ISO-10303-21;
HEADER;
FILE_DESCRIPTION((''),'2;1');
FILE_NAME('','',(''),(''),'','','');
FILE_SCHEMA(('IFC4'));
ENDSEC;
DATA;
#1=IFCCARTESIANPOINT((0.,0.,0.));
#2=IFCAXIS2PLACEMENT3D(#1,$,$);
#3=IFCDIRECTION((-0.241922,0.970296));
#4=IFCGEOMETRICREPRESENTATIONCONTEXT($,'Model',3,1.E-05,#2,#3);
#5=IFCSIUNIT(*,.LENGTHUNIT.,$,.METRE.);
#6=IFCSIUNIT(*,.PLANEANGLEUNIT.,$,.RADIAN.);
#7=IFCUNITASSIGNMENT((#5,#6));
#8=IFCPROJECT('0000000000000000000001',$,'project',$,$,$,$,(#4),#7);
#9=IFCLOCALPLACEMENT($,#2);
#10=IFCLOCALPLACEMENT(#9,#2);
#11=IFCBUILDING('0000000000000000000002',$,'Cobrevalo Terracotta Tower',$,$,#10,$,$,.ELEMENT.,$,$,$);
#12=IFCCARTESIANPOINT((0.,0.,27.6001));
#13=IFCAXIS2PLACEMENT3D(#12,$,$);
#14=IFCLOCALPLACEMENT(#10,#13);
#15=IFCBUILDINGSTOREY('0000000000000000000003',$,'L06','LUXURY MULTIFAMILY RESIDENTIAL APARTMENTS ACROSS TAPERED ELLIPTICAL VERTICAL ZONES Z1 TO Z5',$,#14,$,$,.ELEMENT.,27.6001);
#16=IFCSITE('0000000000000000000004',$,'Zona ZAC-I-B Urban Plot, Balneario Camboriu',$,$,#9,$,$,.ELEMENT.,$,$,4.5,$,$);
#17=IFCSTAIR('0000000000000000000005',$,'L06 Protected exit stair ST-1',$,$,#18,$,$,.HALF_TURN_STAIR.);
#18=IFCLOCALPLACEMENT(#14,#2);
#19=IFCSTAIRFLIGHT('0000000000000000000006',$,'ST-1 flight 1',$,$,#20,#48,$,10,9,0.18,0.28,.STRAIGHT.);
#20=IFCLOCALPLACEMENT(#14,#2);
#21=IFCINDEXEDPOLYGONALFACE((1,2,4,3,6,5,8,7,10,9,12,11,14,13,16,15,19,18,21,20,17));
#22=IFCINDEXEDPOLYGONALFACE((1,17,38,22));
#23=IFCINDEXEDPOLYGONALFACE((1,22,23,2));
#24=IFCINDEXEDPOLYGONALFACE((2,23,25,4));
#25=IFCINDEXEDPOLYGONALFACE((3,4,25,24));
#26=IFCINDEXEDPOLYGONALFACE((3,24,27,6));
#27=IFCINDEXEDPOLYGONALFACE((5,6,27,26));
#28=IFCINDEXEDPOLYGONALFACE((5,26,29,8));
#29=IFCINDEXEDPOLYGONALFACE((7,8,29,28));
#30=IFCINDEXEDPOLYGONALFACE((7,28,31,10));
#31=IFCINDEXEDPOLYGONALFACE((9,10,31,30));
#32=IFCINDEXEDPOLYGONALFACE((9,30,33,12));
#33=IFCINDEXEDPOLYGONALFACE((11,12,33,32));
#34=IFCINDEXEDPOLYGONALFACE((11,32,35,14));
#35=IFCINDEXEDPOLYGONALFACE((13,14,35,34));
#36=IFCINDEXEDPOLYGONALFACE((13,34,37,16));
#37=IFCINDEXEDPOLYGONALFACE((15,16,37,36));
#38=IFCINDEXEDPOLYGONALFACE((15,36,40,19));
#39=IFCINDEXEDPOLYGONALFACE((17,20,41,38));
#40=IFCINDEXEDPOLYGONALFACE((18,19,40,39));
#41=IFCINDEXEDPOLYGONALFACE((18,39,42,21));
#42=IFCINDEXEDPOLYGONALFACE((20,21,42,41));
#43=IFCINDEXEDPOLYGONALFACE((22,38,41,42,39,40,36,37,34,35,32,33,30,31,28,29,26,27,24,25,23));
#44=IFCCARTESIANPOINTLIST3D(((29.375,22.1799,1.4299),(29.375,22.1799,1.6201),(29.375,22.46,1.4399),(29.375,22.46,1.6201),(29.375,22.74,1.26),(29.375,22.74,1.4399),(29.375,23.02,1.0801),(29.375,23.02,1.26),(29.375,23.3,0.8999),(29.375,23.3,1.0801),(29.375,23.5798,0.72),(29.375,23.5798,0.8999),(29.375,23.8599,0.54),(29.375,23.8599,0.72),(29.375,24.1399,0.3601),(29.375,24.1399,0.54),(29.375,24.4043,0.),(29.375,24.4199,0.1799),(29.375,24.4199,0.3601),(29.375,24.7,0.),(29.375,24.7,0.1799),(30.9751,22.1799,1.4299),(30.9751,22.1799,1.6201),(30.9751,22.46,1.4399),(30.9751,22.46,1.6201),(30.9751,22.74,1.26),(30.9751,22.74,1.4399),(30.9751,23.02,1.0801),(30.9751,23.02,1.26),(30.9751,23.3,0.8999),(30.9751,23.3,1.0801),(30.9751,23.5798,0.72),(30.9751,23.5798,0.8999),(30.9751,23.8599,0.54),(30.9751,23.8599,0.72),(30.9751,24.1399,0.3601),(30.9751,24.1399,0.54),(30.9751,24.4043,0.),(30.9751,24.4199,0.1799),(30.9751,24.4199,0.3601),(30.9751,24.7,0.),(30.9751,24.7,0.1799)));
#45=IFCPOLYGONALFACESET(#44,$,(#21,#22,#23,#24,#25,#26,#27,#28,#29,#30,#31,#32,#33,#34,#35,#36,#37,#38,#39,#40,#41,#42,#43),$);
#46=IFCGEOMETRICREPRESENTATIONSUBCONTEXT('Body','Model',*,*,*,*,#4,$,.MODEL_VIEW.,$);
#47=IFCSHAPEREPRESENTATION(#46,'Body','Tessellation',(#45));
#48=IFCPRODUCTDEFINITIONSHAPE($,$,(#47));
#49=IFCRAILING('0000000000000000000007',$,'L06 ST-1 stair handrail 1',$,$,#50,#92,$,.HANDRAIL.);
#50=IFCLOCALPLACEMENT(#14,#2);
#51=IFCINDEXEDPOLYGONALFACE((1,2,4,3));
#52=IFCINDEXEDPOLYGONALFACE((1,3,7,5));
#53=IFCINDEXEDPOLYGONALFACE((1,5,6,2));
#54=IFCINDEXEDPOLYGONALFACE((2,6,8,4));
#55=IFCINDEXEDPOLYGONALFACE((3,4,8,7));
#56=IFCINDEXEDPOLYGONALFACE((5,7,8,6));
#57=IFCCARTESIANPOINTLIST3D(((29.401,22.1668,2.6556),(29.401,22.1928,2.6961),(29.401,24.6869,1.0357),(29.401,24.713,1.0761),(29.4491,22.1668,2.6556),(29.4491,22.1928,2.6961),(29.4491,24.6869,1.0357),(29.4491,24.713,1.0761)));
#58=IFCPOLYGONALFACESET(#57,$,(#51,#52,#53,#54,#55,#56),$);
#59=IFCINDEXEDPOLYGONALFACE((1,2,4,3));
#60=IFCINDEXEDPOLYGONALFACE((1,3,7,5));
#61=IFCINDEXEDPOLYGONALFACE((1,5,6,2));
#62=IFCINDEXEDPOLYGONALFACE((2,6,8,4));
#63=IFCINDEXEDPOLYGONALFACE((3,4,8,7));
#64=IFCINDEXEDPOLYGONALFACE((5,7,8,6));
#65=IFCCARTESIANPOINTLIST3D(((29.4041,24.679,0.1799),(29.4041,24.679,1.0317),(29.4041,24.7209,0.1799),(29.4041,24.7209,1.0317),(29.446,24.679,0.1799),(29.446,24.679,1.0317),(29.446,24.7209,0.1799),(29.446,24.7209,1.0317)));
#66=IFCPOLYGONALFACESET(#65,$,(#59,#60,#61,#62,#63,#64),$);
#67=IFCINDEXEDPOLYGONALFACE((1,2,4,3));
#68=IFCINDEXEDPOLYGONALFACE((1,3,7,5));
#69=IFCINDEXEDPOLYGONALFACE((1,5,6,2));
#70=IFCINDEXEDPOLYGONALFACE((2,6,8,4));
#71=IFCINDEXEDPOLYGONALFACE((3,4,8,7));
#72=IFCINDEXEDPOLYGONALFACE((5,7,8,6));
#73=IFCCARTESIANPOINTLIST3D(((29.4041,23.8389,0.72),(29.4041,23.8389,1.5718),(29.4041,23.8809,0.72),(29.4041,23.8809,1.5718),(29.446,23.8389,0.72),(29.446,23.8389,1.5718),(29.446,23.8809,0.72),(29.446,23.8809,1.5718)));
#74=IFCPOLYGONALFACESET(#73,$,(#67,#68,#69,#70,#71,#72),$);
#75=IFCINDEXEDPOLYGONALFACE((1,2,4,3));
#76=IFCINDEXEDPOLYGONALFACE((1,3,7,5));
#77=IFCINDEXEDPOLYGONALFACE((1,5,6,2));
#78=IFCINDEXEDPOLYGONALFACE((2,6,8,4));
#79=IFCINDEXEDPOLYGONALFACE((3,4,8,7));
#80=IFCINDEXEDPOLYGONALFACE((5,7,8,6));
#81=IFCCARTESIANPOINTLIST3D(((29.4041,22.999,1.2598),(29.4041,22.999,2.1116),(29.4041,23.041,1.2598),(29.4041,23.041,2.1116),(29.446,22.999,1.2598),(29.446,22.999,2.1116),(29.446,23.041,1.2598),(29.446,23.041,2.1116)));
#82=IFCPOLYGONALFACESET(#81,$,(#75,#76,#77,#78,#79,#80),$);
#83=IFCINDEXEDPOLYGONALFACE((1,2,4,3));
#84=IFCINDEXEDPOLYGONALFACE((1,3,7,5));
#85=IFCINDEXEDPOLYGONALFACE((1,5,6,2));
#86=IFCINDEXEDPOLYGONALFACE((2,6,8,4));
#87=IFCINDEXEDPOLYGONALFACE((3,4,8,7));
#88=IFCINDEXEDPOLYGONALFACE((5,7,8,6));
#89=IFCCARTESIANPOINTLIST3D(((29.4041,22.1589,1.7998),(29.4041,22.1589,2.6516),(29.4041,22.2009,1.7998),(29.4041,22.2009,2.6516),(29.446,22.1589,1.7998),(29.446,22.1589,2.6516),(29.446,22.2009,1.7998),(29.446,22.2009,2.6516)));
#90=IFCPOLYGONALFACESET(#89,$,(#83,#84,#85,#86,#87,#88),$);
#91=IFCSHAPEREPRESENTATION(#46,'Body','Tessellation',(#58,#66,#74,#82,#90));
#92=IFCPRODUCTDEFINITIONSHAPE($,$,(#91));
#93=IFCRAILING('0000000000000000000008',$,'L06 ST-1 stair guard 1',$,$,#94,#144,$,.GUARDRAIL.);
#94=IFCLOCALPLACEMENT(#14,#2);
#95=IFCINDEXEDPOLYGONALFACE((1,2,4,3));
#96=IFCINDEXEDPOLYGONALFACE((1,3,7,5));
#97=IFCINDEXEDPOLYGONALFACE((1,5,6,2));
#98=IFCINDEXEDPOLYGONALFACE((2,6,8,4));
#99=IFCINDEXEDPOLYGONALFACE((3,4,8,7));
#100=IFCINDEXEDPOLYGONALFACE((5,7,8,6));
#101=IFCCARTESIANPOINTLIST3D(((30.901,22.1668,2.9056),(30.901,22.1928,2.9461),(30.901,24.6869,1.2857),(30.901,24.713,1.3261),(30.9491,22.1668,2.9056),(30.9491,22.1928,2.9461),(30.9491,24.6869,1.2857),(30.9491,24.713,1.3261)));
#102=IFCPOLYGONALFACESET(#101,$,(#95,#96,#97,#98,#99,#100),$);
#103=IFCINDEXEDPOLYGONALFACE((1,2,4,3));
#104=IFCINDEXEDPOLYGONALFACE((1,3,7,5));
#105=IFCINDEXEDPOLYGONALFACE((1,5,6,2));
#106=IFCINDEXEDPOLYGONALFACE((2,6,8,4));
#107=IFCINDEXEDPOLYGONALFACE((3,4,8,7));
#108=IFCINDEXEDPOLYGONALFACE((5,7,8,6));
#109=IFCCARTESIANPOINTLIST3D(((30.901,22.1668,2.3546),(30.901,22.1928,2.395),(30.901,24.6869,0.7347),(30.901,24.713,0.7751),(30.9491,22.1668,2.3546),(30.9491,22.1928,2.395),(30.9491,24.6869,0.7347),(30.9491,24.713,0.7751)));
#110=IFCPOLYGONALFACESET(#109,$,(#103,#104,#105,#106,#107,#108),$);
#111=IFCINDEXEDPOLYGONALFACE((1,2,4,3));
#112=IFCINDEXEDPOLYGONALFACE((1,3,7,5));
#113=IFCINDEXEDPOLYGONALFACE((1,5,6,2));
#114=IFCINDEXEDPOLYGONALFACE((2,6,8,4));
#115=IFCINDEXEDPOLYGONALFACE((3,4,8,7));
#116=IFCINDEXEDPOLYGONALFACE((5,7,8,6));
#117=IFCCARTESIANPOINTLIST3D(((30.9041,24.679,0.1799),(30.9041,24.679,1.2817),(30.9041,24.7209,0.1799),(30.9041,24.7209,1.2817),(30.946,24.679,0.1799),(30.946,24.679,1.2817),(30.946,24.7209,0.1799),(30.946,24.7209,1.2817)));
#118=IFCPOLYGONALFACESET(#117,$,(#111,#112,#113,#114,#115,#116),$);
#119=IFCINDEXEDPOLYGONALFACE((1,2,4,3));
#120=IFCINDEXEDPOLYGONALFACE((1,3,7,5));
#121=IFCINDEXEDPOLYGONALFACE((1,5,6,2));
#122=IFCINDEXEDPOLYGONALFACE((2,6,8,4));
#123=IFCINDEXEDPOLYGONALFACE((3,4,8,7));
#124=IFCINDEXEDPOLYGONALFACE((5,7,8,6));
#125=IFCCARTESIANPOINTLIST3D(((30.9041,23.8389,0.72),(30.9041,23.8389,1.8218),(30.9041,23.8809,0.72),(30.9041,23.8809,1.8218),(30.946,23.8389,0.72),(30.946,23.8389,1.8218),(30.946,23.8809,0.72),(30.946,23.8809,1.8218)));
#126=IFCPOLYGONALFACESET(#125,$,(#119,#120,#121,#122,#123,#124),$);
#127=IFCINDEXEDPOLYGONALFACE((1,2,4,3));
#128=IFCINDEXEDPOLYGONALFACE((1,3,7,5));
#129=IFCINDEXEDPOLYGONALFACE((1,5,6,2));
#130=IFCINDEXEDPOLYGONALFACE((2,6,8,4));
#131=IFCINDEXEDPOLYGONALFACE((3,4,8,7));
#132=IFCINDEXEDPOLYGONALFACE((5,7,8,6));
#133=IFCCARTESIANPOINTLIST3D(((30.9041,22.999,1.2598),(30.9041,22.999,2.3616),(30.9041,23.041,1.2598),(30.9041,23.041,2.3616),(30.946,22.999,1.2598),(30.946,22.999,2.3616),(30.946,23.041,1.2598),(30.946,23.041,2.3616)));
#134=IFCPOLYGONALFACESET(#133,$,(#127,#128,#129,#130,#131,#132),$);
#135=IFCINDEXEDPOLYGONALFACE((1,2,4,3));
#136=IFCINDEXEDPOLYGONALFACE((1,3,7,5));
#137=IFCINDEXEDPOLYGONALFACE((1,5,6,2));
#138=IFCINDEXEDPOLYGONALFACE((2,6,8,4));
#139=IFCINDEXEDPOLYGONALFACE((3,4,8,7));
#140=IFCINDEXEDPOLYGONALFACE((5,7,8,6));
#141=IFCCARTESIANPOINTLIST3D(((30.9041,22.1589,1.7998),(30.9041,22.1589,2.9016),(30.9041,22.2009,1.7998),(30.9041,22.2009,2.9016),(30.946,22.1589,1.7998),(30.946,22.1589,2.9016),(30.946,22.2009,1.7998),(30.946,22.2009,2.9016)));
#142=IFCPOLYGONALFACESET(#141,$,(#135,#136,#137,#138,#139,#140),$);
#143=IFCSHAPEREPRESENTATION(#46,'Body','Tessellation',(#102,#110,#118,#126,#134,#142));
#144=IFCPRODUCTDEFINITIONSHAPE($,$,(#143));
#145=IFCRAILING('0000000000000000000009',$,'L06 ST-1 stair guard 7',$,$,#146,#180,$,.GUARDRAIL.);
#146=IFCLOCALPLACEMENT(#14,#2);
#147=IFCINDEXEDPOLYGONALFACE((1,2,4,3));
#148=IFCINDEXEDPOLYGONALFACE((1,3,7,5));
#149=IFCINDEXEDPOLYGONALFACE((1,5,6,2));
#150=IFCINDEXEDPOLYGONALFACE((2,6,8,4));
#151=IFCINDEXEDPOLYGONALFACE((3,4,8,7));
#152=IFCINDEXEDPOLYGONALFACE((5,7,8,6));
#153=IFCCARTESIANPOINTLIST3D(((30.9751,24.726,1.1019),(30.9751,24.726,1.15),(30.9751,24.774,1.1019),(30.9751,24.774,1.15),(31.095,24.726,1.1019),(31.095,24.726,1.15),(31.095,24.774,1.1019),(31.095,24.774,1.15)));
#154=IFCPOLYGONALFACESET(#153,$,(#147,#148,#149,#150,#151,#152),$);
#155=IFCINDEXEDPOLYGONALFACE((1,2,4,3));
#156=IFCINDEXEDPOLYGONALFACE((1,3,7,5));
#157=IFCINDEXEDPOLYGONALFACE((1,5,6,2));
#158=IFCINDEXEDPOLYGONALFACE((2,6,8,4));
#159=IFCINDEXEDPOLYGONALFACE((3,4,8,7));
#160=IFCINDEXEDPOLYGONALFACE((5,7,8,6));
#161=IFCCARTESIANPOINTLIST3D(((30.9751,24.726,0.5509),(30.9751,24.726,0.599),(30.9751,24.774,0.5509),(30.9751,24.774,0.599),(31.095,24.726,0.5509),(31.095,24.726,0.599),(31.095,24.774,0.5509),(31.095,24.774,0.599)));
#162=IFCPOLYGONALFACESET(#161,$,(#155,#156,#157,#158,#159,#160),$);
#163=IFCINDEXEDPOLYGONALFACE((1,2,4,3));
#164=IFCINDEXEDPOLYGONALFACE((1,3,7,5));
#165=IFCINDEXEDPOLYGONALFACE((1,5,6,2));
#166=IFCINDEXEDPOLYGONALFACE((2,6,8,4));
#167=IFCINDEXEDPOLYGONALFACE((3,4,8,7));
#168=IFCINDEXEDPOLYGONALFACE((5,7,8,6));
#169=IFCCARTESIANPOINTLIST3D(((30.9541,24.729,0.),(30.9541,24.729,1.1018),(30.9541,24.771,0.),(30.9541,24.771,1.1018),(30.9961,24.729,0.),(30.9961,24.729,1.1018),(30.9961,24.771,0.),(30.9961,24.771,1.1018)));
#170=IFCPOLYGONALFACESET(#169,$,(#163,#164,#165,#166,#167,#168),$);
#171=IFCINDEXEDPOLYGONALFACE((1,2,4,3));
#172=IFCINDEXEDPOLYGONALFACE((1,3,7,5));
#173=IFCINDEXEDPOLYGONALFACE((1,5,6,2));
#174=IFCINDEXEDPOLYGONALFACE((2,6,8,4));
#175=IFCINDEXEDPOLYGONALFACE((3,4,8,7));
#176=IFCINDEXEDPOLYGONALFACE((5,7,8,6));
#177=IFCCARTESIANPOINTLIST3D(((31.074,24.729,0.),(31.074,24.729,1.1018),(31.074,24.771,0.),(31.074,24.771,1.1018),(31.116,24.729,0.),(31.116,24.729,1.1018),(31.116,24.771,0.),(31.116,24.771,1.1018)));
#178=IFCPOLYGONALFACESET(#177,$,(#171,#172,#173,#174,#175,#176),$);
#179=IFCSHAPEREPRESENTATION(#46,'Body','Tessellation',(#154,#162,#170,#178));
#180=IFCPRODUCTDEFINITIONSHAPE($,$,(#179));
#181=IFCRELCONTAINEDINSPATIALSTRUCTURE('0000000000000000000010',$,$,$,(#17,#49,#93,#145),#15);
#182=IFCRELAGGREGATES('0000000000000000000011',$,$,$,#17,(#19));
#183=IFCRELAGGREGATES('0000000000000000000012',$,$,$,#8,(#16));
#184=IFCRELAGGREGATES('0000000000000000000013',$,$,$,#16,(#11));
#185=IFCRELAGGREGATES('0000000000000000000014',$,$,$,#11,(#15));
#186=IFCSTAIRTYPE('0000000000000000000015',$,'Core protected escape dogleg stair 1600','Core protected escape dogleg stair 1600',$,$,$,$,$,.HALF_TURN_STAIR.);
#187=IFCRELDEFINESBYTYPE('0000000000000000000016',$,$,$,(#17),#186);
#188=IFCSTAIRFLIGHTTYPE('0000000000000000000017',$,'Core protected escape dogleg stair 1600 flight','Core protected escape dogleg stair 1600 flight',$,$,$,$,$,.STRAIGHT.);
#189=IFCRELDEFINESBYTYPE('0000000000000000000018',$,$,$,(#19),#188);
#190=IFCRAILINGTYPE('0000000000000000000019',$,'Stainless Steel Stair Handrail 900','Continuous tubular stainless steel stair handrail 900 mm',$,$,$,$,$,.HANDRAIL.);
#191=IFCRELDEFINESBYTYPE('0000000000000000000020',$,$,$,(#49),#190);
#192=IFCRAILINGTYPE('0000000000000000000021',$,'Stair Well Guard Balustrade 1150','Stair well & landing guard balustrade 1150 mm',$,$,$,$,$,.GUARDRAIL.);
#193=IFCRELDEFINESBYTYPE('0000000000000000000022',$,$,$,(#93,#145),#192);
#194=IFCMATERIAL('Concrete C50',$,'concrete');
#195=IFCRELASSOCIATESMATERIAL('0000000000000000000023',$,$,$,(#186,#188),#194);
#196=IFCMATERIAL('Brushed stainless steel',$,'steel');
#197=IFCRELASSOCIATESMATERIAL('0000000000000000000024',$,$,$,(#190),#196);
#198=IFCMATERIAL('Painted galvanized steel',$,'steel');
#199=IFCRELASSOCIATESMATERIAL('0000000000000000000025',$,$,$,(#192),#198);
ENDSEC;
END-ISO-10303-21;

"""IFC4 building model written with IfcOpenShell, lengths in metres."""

from ifc_helpers import new_model, si_unit, direction, frame, origin, origin_2d, place, context, subcontext, project, spatial, polyline, rectangle, outline, extrude, material, type_object, element, aggregate, save


model = new_model("IFC4")

# Units and contexts
model_context = context("Model", 3, precision=1e-05, world=origin(), true_north=direction((-0.241922, 0.970296)))
body_context = subcontext(model_context, "Body", "Model", "MODEL_VIEW")
ifc_project = project(units=[si_unit("LENGTHUNIT", "METRE"), si_unit("PLANEANGLEUNIT", "RADIAN")], contexts=[model_context])

# Site, building, storey
site_placement = place(None, origin())
site = spatial("IfcSite", under=ifc_project, at=site_placement, Name="Zona ZAC-I-B Urban Plot, Balneario Camboriu", CompositionType="ELEMENT", RefElevation=4.5)
building_placement = place(site_placement, origin())
building = spatial("IfcBuilding", under=site, at=building_placement, Name="Cobrevalo Terracotta Tower", CompositionType="ELEMENT")
storey_placement = place(building_placement, frame((0.0, 0.0, 27.6001)))
storey = spatial("IfcBuildingStorey", under=building, at=storey_placement, Name="L06", Description="LUXURY MULTIFAMILY RESIDENTIAL APARTMENTS ACROSS TAPERED ELLIPTICAL VERTICAL ZONES Z1 TO Z5", CompositionType="ELEMENT", Elevation=27.6001)

# Shared definitions
ifc_material_1 = material(Name="Brushed stainless steel", Category="steel")

# Shared definitions
ifc_material_2 = material(Name="Concrete C50", Category="concrete")

# Stair, stair flight
stair_type = type_object("IfcStairType", Name="Core protected escape dogleg stair 1600", Description="Core protected escape dogleg stair 1600", PredefinedType="HALF_TURN_STAIR", material=ifc_material_2)
stair_placement = place(storey_placement, origin())
stair = element("IfcStair", 1, at=stair_placement, inside=storey, type_object=stair_type, Name="L06 Protected exit stair ST-1", PredefinedType="HALF_TURN_STAIR")
stair_flight_type = type_object("IfcStairFlightType", Name="Core protected escape dogleg stair 1600 flight", Description="Core protected escape dogleg stair 1600 flight", PredefinedType="STRAIGHT", material=ifc_material_2)
stair_flight_placement = place(storey_placement, frame((30.175, 24.7, 0.0), z_axis=(0.0, 0.0, 1.0), x_axis=(0.0, -1.0, 0.0)))
stair_flight = element("IfcStairFlight", 2, at=stair_flight_placement, type_object=stair_flight_type, Name="ST-1 flight 1", NumberOfRisers=10, NumberOfTreads=9, PredefinedType="STRAIGHT", RiserHeight=0.18, TreadLength=0.28, context=body_context, shape_type="SweptSolid", body=[
    extrude(outline(polyline([(0.0, 0.0), (0.0, 0.1799), (0.28, 0.1799), (0.28, 0.3601), (0.5601, 0.3601), (0.5601, 0.54), (0.8401, 0.54), (0.8401, 0.72), (1.1201, 0.72), (1.1201, 0.8999), (1.3999, 0.8999), (1.3999, 1.0801), (1.6799, 1.0801), (1.6799, 1.26), (1.96, 1.26), (1.96, 1.4399), (2.24, 1.4399), (2.24, 1.6201), (2.52, 1.6201), (2.52, 1.8), (2.52, 1.4299), (0.2957, 0.0), (0.0, 0.0)])), frame((0.0, 0.8, 0.0), z_axis=(0.0, -1.0, 0.0), x_axis=(1.0, 0.0, 0.0)), (0.0, 0.0, 1.0), 1.6001),
])
aggregate(stair, [stair_flight])

# Railings
railing_type_1 = type_object("IfcRailingType", Name="Stainless Steel Stair Handrail 900", Description="Continuous tubular stainless steel stair handrail 900 mm", PredefinedType="HANDRAIL", material=ifc_material_1)
railing_1_placement = place(storey_placement, frame((29.425, 24.7, 0.1799)))
element("IfcRailing", 3, at=railing_1_placement, inside=storey, type_object=railing_type_1, Name="L06 ST-1 stair handrail 1", PredefinedType="HANDRAIL", context=body_context, shape_type="SweptSolid", body=[
    extrude(rectangle(XDim=0.0481, YDim=0.0481, at=origin_2d()), frame((0.0, 0.0, 0.876), z_axis=(0.0, -0.8412, 0.540725), x_axis=(1.0, 0.0, 0.0)), (0.0, 0.0, 1.0), 2.9958),
    extrude(rectangle(XDim=0.042, YDim=0.042, at=origin_2d()), origin(), (0.0, 0.0, 1.0), 0.8518),
    extrude(rectangle(XDim=0.042, YDim=0.042, at=origin_2d()), frame((0.0, -0.8401, 0.54)), (0.0, 0.0, 1.0), 0.8518),
    extrude(rectangle(XDim=0.042, YDim=0.042, at=origin_2d()), frame((0.0, -1.6799, 1.0798)), (0.0, 0.0, 1.0), 0.8518),
    extrude(rectangle(XDim=0.042, YDim=0.042, at=origin_2d()), frame((0.0, -2.52, 1.6199)), (0.0, 0.0, 1.0), 0.8518),
])
ifc_material_3 = material(Name="Painted galvanized steel", Category="steel")
railing_type_2 = type_object("IfcRailingType", Name="Stair Well Guard Balustrade 1150", Description="Stair well & landing guard balustrade 1150 mm", PredefinedType="GUARDRAIL", material=ifc_material_3)
railing_2_placement = place(storey_placement, frame((30.925, 24.7, 0.1799)))
element("IfcRailing", 4, at=railing_2_placement, inside=storey, type_object=railing_type_2, Name="L06 ST-1 stair guard 1", PredefinedType="GUARDRAIL", context=body_context, shape_type="SweptSolid", body=[
    extrude(rectangle(XDim=0.0481, YDim=0.0481, at=origin_2d()), frame((0.0, 0.0, 1.126), z_axis=(0.0, -0.8412, 0.540725), x_axis=(1.0, 0.0, 0.0)), (0.0, 0.0, 1.0), 2.9958),
    extrude(rectangle(XDim=0.0481, YDim=0.0481, at=origin_2d()), frame((0.0, 0.0, 0.575), z_axis=(0.0, -0.8412, 0.540725), x_axis=(1.0, 0.0, 0.0)), (0.0, 0.0, 1.0), 2.9958),
    extrude(rectangle(XDim=0.042, YDim=0.042, at=origin_2d()), origin(), (0.0, 0.0, 1.0), 1.1018),
    extrude(rectangle(XDim=0.042, YDim=0.042, at=origin_2d()), frame((0.0, -0.8401, 0.54)), (0.0, 0.0, 1.0), 1.1018),
    extrude(rectangle(XDim=0.042, YDim=0.042, at=origin_2d()), frame((0.0, -1.6799, 1.0798)), (0.0, 0.0, 1.0), 1.1018),
    extrude(rectangle(XDim=0.042, YDim=0.042, at=origin_2d()), frame((0.0, -2.52, 1.6199)), (0.0, 0.0, 1.0), 1.1018),
])
railing_3_placement = place(storey_placement, frame((30.9751, 24.75, 0.0)))
element("IfcRailing", 5, at=railing_3_placement, inside=storey, type_object=railing_type_2, Name="L06 ST-1 stair guard 7", PredefinedType="GUARDRAIL", context=body_context, shape_type="SweptSolid", body=[
    extrude(rectangle(XDim=0.0481, YDim=0.0481, at=origin_2d()), frame((0.0, 0.0, 1.126), z_axis=(1.0, 0.0, 0.0), x_axis=(0.0, 1.0, 0.0)), (0.0, 0.0, 1.0), 0.1199),
    extrude(rectangle(XDim=0.0481, YDim=0.0481, at=origin_2d()), frame((0.0, 0.0, 0.575), z_axis=(1.0, 0.0, 0.0), x_axis=(0.0, 1.0, 0.0)), (0.0, 0.0, 1.0), 0.1199),
    extrude(rectangle(XDim=0.042, YDim=0.042, at=origin_2d()), origin(), (0.0, 0.0, 1.0), 1.1018),
    extrude(rectangle(XDim=0.042, YDim=0.042, at=origin_2d()), frame((0.1199, 0.0, 0.0)), (0.0, 0.0, 1.0), 1.1018),
])

save(model, "model.ifc")
